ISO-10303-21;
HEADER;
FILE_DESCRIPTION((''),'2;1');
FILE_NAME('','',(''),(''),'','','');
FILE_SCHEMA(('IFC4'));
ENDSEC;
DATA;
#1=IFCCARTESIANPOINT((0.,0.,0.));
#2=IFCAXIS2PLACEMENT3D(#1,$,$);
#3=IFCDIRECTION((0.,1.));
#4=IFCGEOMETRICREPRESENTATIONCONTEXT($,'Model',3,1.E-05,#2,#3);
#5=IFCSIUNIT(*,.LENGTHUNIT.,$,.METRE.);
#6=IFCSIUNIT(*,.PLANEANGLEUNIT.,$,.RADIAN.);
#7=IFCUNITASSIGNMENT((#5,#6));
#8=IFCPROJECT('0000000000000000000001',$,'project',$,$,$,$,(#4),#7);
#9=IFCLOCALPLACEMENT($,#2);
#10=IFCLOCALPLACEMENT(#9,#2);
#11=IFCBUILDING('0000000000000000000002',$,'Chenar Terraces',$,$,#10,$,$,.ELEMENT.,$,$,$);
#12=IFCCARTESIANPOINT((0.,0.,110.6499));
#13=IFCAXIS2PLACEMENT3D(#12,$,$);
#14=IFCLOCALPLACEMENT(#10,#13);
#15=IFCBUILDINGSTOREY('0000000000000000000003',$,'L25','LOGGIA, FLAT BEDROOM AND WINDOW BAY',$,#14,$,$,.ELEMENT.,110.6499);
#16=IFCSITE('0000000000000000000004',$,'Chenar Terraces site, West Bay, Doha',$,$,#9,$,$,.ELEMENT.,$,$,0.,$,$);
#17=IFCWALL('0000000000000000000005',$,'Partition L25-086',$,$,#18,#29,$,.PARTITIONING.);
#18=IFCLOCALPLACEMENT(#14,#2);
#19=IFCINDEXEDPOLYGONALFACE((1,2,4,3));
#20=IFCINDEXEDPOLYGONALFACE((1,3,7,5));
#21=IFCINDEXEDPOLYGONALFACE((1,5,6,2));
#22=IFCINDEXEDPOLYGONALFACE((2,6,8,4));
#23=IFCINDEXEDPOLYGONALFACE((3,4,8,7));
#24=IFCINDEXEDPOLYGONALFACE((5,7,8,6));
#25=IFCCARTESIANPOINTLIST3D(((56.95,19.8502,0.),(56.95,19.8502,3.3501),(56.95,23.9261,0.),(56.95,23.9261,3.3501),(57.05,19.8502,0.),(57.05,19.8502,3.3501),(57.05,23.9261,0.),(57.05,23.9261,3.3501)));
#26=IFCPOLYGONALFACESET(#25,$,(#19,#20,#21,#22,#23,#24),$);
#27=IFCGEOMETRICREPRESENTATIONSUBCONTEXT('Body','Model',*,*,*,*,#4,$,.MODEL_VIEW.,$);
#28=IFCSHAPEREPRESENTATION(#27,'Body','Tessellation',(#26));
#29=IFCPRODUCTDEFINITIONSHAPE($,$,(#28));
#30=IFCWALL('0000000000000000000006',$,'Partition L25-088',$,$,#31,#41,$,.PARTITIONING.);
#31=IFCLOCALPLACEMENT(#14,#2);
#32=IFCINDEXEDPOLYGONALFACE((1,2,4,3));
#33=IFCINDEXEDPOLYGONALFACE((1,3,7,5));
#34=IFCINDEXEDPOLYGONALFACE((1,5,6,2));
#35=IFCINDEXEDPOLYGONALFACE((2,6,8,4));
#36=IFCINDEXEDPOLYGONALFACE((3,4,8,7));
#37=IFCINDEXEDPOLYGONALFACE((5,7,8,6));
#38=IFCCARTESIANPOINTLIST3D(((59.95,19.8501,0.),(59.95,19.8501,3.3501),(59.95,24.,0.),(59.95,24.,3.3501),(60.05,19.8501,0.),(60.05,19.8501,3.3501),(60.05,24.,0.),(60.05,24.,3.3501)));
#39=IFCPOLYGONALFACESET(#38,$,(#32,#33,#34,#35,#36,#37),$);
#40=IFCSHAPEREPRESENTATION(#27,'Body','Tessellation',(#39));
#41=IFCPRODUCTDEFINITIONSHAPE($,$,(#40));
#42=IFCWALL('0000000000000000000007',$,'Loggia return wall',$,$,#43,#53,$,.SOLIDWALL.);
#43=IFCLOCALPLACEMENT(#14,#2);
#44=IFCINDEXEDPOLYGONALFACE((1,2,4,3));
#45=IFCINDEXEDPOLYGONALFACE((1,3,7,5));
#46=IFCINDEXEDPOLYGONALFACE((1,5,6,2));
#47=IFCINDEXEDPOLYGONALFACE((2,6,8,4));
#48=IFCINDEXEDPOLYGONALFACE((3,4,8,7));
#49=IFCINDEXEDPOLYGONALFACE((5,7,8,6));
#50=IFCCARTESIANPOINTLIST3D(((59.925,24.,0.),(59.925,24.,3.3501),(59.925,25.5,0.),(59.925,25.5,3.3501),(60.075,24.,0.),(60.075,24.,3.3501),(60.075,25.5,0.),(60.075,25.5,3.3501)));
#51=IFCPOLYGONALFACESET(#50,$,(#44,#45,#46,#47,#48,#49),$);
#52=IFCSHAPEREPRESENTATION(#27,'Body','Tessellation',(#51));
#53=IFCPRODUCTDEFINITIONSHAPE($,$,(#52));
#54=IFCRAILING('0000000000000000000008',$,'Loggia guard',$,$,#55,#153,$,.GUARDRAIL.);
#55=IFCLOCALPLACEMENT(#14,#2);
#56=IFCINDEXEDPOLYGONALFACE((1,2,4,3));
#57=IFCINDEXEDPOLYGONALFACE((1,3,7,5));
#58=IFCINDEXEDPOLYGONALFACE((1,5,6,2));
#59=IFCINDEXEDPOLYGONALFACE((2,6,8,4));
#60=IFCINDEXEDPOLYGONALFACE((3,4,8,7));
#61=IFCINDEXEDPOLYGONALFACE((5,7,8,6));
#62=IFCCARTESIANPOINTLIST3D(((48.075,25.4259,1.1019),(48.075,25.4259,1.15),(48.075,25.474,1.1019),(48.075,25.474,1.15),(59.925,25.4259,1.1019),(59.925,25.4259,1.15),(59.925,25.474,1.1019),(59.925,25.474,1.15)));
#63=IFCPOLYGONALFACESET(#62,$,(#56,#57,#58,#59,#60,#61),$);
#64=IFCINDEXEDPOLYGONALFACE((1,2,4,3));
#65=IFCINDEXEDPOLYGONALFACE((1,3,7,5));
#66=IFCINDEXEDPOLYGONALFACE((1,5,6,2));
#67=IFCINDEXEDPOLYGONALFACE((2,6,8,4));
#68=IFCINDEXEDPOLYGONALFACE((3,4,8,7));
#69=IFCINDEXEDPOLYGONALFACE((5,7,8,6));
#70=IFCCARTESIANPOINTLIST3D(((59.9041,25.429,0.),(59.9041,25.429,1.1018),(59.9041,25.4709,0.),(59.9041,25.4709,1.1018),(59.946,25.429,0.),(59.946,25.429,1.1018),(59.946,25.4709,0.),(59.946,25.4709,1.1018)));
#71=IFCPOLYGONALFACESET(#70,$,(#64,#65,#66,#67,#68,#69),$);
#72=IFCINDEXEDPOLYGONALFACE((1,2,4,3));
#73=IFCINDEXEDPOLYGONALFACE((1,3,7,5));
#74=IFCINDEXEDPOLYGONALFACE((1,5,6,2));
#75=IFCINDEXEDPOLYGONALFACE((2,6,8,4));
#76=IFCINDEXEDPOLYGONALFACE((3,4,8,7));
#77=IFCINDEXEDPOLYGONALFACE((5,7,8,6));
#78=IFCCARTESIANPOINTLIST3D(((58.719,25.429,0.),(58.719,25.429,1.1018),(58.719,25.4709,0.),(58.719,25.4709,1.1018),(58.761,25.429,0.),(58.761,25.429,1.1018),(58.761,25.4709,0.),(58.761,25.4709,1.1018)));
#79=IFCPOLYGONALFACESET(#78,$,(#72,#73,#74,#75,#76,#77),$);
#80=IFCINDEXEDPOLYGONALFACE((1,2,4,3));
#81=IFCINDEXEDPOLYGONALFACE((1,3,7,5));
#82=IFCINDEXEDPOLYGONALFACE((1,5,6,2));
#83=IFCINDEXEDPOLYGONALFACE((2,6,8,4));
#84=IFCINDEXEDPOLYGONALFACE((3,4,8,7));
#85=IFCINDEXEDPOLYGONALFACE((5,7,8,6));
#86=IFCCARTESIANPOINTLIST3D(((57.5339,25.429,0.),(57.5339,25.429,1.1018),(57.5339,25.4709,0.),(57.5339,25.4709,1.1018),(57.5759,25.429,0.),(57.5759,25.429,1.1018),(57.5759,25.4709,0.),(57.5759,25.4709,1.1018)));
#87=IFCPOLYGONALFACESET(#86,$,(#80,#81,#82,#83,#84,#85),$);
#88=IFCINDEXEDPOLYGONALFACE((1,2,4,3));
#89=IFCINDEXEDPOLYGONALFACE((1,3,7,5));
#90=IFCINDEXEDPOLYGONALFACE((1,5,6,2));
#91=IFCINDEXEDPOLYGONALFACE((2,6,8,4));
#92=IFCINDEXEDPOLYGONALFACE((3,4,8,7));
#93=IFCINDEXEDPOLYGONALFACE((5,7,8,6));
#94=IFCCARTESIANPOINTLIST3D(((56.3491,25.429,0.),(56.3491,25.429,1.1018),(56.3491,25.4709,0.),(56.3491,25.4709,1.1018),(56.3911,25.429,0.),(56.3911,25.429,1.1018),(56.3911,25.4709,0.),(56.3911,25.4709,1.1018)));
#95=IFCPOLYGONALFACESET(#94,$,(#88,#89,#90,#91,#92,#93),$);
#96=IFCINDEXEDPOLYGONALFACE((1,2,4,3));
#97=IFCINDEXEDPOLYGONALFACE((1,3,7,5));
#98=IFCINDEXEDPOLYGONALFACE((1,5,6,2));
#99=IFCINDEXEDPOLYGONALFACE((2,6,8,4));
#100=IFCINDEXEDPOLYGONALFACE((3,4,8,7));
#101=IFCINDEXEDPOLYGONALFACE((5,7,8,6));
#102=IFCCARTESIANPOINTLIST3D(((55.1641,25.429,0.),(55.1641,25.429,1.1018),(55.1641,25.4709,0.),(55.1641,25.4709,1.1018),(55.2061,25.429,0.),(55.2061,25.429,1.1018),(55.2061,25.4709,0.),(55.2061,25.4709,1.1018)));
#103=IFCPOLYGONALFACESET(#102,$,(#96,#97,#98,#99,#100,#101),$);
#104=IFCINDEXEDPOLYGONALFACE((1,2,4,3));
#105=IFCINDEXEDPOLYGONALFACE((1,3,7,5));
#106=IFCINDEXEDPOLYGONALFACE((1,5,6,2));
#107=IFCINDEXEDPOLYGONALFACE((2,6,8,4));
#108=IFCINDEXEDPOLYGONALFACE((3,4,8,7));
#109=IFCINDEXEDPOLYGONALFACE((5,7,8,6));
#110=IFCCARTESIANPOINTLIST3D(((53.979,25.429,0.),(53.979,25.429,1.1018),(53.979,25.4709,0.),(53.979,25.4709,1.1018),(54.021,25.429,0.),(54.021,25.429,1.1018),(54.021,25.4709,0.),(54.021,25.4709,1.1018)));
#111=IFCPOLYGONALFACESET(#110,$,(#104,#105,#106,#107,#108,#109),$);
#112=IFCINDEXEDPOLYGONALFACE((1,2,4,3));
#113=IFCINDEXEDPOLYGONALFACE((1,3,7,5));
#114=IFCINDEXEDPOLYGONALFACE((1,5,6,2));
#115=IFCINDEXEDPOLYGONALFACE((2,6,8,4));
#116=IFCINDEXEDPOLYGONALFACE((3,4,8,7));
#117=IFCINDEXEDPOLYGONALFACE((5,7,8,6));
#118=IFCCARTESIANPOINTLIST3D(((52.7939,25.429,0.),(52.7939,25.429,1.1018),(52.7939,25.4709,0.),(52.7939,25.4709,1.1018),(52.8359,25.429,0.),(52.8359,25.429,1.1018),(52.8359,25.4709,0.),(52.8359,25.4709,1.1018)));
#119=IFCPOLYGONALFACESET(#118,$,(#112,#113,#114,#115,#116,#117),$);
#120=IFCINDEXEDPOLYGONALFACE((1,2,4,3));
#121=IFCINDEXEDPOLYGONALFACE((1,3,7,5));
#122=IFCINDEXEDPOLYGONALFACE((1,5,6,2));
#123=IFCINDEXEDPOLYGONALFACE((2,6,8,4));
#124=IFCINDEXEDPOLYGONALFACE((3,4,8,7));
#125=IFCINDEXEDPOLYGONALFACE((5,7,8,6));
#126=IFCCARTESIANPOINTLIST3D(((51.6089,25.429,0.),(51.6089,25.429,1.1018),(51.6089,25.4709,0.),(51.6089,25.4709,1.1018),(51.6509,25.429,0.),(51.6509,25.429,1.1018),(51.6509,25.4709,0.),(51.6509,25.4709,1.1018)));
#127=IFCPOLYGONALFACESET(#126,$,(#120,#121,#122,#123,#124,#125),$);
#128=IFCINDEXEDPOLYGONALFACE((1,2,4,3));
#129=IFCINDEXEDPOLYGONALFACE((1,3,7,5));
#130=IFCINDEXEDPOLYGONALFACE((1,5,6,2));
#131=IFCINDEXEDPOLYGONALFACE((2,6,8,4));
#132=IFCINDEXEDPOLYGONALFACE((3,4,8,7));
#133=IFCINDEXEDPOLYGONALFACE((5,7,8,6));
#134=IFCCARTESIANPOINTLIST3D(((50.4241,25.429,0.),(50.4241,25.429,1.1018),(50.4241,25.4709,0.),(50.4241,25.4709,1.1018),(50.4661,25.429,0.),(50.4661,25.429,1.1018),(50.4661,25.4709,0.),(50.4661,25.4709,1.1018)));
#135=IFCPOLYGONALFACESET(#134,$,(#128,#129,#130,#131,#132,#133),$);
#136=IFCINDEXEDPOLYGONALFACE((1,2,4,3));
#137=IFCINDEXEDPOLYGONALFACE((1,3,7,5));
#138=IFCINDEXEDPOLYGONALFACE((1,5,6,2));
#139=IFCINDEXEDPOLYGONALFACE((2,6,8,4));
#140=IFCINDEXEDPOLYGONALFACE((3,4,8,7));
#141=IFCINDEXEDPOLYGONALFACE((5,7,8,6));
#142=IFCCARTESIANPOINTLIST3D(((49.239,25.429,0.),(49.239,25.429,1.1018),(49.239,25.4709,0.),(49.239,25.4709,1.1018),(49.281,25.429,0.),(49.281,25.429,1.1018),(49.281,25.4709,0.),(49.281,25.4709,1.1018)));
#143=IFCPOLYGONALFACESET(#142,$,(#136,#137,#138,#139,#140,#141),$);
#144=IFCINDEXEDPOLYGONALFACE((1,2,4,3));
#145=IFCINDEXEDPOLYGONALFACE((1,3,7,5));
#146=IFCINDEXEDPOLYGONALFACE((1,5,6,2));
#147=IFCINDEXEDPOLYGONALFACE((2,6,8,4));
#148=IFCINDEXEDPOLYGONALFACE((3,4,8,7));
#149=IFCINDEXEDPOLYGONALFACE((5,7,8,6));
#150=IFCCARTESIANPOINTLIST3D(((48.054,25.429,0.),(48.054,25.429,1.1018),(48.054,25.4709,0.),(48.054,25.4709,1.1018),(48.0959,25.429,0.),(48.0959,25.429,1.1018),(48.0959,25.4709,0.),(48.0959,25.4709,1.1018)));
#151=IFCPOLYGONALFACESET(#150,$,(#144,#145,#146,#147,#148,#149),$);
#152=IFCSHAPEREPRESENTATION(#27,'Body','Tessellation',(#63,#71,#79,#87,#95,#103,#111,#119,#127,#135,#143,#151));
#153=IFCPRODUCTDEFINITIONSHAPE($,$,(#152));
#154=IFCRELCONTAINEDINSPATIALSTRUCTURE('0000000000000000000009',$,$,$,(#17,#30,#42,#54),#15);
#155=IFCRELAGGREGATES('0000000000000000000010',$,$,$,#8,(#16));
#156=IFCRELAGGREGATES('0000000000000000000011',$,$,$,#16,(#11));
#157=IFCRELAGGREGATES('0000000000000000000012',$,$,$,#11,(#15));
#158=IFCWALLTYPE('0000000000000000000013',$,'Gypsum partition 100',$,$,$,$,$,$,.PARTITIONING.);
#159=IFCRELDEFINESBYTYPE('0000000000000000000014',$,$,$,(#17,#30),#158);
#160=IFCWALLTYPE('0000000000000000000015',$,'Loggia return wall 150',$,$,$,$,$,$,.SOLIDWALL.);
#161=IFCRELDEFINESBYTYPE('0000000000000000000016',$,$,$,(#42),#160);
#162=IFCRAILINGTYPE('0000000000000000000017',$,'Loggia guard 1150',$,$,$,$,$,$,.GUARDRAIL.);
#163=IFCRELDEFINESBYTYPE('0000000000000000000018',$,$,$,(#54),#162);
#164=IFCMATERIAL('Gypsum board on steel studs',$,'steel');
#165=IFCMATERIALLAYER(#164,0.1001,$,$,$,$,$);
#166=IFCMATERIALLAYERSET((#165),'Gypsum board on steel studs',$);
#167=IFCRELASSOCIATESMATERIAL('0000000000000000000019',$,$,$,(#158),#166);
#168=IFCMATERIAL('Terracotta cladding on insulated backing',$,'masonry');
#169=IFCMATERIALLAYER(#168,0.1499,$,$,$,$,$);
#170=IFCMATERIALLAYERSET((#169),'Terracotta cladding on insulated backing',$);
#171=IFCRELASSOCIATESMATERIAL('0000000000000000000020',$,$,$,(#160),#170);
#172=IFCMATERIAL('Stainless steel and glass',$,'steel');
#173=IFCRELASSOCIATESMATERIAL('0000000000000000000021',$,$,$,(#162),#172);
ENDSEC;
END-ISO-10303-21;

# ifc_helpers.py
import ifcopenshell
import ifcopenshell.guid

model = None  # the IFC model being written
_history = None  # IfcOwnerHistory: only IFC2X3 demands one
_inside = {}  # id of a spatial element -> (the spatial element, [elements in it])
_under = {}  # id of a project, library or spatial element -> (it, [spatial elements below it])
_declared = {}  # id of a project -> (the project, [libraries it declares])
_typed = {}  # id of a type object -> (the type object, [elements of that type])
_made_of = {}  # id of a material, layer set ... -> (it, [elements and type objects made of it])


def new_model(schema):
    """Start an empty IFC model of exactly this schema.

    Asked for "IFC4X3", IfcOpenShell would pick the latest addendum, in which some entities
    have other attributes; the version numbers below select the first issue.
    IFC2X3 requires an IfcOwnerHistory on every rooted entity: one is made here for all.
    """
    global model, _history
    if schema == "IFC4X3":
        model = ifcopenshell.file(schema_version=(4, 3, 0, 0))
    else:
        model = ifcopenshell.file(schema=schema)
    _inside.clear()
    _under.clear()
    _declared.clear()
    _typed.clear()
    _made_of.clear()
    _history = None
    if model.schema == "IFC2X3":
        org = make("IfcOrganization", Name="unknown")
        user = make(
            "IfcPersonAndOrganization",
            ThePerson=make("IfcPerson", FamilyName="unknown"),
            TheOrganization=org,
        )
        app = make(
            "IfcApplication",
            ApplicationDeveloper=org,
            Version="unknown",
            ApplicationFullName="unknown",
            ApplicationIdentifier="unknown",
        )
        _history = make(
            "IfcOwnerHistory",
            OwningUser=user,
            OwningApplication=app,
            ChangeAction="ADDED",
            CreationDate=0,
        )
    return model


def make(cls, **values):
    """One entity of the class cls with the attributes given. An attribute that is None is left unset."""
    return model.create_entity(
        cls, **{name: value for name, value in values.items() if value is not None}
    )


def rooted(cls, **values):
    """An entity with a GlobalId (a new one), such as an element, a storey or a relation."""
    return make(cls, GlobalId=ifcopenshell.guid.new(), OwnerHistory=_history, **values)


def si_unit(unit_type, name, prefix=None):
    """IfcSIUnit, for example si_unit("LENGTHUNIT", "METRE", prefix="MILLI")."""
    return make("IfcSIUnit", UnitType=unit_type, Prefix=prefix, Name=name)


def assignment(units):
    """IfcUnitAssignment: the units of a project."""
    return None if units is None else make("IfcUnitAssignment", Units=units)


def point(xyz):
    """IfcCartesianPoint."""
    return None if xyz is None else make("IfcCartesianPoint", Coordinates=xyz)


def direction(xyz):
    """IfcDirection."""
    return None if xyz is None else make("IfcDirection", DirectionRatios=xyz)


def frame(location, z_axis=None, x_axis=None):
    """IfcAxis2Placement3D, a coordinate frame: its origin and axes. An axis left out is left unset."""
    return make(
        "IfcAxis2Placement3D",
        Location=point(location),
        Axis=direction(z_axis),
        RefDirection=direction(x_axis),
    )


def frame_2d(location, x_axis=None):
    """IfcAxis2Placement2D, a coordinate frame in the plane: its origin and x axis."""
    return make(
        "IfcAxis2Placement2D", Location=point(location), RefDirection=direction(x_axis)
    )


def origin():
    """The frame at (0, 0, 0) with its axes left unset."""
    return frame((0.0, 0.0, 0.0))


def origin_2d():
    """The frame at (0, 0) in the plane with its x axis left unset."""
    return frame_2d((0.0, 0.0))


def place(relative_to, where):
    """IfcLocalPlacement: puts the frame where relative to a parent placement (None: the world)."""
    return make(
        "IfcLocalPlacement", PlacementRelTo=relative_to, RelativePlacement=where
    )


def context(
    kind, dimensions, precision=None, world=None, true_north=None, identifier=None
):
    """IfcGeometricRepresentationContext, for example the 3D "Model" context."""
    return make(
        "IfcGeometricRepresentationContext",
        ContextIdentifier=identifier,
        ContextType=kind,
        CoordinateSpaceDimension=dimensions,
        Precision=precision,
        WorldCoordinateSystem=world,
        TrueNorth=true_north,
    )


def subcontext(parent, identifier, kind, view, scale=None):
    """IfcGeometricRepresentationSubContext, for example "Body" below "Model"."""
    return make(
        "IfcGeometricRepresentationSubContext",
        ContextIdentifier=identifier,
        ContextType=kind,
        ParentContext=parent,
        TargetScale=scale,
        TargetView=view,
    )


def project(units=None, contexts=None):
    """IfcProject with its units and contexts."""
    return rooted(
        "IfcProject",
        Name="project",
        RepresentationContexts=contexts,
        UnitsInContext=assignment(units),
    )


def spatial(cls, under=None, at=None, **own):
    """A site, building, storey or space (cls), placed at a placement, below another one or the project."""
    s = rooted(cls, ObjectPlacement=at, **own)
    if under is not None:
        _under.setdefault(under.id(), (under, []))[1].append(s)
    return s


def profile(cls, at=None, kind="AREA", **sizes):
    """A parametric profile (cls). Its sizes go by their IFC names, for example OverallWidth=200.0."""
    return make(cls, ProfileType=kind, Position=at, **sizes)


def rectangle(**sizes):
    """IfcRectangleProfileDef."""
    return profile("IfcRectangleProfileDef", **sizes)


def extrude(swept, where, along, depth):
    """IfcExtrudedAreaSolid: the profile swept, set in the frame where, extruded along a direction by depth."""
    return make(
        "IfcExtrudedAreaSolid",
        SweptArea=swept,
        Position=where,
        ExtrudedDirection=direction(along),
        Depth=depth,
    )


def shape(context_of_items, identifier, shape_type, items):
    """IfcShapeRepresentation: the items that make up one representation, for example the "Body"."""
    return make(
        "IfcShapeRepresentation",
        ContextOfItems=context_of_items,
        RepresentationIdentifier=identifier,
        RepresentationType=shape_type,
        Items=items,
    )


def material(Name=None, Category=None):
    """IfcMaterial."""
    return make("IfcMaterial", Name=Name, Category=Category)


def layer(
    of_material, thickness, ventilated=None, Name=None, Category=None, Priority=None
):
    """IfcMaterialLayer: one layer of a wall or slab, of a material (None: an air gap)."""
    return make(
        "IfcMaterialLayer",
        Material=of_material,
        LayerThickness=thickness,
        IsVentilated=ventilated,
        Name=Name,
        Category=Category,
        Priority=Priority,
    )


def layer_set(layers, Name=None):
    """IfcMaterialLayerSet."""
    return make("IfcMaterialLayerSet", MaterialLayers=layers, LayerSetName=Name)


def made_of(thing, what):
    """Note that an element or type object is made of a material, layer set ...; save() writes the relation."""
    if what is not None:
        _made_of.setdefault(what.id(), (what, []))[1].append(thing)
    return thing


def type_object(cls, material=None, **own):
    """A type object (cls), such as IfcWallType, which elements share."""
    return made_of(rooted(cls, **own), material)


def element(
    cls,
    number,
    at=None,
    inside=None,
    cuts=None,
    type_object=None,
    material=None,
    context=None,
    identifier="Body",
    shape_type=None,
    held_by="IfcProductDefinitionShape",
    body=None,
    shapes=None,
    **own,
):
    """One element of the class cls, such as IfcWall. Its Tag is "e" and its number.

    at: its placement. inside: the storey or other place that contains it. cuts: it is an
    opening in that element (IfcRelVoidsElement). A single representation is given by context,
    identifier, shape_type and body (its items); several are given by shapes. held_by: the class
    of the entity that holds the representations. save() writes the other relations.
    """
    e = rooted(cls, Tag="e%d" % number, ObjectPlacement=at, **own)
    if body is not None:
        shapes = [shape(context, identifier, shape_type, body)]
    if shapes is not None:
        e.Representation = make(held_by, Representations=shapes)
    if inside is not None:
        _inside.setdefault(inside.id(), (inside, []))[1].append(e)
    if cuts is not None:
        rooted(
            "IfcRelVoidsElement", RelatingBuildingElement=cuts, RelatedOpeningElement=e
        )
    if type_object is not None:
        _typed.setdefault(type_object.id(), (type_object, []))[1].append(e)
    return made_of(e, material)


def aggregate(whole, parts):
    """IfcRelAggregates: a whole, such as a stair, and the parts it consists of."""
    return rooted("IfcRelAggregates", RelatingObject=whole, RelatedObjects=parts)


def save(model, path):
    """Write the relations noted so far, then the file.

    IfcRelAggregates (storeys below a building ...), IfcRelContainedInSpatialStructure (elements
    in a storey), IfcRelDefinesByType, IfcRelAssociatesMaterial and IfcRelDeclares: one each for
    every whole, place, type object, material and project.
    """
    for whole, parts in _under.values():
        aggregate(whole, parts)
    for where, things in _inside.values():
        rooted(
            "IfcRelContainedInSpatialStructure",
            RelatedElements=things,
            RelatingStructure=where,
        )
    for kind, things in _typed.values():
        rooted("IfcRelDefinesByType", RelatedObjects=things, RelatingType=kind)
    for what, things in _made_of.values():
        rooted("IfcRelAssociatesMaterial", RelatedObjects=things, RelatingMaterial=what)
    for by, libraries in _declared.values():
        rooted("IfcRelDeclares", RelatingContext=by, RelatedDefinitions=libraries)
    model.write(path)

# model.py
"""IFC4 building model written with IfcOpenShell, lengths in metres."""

from ifc_helpers import new_model, si_unit, direction, frame, frame_2d, origin, origin_2d, place, context, subcontext, project, spatial, rectangle, extrude, material, layer, layer_set, type_object, element, save


model = new_model("IFC4")

# Units and contexts
model_context = context("Model", 3, precision=1e-05, world=origin(), true_north=direction((0.0, 1.0)))
body_context = subcontext(model_context, "Body", "Model", "MODEL_VIEW")
ifc_project = project(units=[si_unit("LENGTHUNIT", "METRE"), si_unit("PLANEANGLEUNIT", "RADIAN")], contexts=[model_context])

# Site, building, storey
site_placement = place(None, origin())
site = spatial("IfcSite", under=ifc_project, at=site_placement, Name="Chenar Terraces site, West Bay, Doha", CompositionType="ELEMENT", RefElevation=0.0)
building_placement = place(site_placement, origin())
building = spatial("IfcBuilding", under=site, at=building_placement, Name="Chenar Terraces", CompositionType="ELEMENT")
storey_placement = place(building_placement, frame((0.0, 0.0, 110.6499)))
storey = spatial("IfcBuildingStorey", under=building, at=storey_placement, Name="L25", Description="LOGGIA, FLAT BEDROOM AND WINDOW BAY", CompositionType="ELEMENT", Elevation=110.6499)

# Shared definitions
ifc_material_1 = material(Name="Gypsum board on steel studs", Category="steel")
ifc_layer_1 = layer(ifc_material_1, 0.1001)
ifc_layer_set_1 = layer_set([ifc_layer_1], Name="Gypsum board on steel studs")
wall_type_1 = type_object("IfcWallType", Name="Gypsum partition 100", PredefinedType="PARTITIONING", material=ifc_layer_set_1)

# Walls
wall_1_placement = place(storey_placement, frame((57.0, 19.8501, 0.0), z_axis=(0.0, 0.0, 1.0), x_axis=(0.0, 1.0, 0.0)))
element("IfcWall", 1, at=wall_1_placement, inside=storey, type_object=wall_type_1, Name="Partition L25-086", PredefinedType="PARTITIONING", context=body_context, shape_type="SweptSolid", body=[
    extrude(rectangle(XDim=4.0759, YDim=0.1001, at=frame_2d((2.0381, 0.0))), origin(), (0.0, 0.0, 1.0), 3.3501),
])
wall_2_placement = place(storey_placement, frame((60.0, 19.8501, 0.0), z_axis=(0.0, 0.0, 1.0), x_axis=(0.0, 1.0, 0.0)))
element("IfcWall", 2, at=wall_2_placement, inside=storey, type_object=wall_type_1, Name="Partition L25-088", PredefinedType="PARTITIONING", context=body_context, shape_type="SweptSolid", body=[
    extrude(rectangle(XDim=4.1499, YDim=0.1001, at=frame_2d((2.075, 0.0))), origin(), (0.0, 0.0, 1.0), 3.3501),
])
ifc_material_2 = material(Name="Terracotta cladding on insulated backing", Category="masonry")
ifc_layer_2 = layer(ifc_material_2, 0.1499)
ifc_layer_set_2 = layer_set([ifc_layer_2], Name="Terracotta cladding on insulated backing")
wall_type_2 = type_object("IfcWallType", Name="Loggia return wall 150", PredefinedType="SOLIDWALL", material=ifc_layer_set_2)
wall_3_placement = place(storey_placement, frame((60.0, 25.5, 0.0), z_axis=(0.0, 0.0, 1.0), x_axis=(0.0, -1.0, 0.0)))
element("IfcWall", 3, at=wall_3_placement, inside=storey, type_object=wall_type_2, Name="Loggia return wall", PredefinedType="SOLIDWALL", context=body_context, shape_type="SweptSolid", body=[
    extrude(rectangle(XDim=1.5, YDim=0.1499, at=frame_2d((0.75, 0.0))), origin(), (0.0, 0.0, 1.0), 3.3501),
])

# Railing
ifc_material_3 = material(Name="Stainless steel and glass", Category="steel")
railing_type = type_object("IfcRailingType", Name="Loggia guard 1150", PredefinedType="GUARDRAIL", material=ifc_material_3)
railing_placement = place(storey_placement, frame((59.925, 25.45, 0.0)))
element("IfcRailing", 4, at=railing_placement, inside=storey, type_object=railing_type, Name="Loggia guard", PredefinedType="GUARDRAIL", context=body_context, shape_type="SweptSolid", body=[
    extrude(rectangle(XDim=0.0481, YDim=0.0481, at=origin_2d()), frame((0.0, 0.0, 1.126), z_axis=(-1.0, 0.0, 0.0), x_axis=(0.0, -1.0, 0.0)), (0.0, 0.0, 1.0), 11.8501),
    extrude(rectangle(XDim=0.042, YDim=0.042, at=origin_2d()), origin(), (0.0, 0.0, 1.0), 1.1018),
    extrude(rectangle(XDim=0.042, YDim=0.042, at=origin_2d()), frame((-1.1851, 0.0, 0.0)), (0.0, 0.0, 1.0), 1.1018),
    extrude(rectangle(XDim=0.042, YDim=0.042, at=origin_2d()), frame((-2.3701, 0.0, 0.0)), (0.0, 0.0, 1.0), 1.1018),
    extrude(rectangle(XDim=0.042, YDim=0.042, at=origin_2d()), frame((-3.5549, 0.0, 0.0)), (0.0, 0.0, 1.0), 1.1018),
    extrude(rectangle(XDim=0.042, YDim=0.042, at=origin_2d()), frame((-4.74, 0.0, 0.0)), (0.0, 0.0, 1.0), 1.1018),
    extrude(rectangle(XDim=0.042, YDim=0.042, at=origin_2d()), frame((-5.925, 0.0, 0.0)), (0.0, 0.0, 1.0), 1.1018),
    extrude(rectangle(XDim=0.042, YDim=0.042, at=origin_2d()), frame((-7.1101, 0.0, 0.0)), (0.0, 0.0, 1.0), 1.1018),
    extrude(rectangle(XDim=0.042, YDim=0.042, at=origin_2d()), frame((-8.2952, 0.0, 0.0)), (0.0, 0.0, 1.0), 1.1018),
    extrude(rectangle(XDim=0.042, YDim=0.042, at=origin_2d()), frame((-9.48, 0.0, 0.0)), (0.0, 0.0, 1.0), 1.1018),
    extrude(rectangle(XDim=0.042, YDim=0.042, at=origin_2d()), frame((-10.665, 0.0, 0.0)), (0.0, 0.0, 1.0), 1.1018),
    extrude(rectangle(XDim=0.042, YDim=0.042, at=origin_2d()), frame((-11.8501, 0.0, 0.0)), (0.0, 0.0, 1.0), 1.1018),
])

save(model, "model.ifc")
